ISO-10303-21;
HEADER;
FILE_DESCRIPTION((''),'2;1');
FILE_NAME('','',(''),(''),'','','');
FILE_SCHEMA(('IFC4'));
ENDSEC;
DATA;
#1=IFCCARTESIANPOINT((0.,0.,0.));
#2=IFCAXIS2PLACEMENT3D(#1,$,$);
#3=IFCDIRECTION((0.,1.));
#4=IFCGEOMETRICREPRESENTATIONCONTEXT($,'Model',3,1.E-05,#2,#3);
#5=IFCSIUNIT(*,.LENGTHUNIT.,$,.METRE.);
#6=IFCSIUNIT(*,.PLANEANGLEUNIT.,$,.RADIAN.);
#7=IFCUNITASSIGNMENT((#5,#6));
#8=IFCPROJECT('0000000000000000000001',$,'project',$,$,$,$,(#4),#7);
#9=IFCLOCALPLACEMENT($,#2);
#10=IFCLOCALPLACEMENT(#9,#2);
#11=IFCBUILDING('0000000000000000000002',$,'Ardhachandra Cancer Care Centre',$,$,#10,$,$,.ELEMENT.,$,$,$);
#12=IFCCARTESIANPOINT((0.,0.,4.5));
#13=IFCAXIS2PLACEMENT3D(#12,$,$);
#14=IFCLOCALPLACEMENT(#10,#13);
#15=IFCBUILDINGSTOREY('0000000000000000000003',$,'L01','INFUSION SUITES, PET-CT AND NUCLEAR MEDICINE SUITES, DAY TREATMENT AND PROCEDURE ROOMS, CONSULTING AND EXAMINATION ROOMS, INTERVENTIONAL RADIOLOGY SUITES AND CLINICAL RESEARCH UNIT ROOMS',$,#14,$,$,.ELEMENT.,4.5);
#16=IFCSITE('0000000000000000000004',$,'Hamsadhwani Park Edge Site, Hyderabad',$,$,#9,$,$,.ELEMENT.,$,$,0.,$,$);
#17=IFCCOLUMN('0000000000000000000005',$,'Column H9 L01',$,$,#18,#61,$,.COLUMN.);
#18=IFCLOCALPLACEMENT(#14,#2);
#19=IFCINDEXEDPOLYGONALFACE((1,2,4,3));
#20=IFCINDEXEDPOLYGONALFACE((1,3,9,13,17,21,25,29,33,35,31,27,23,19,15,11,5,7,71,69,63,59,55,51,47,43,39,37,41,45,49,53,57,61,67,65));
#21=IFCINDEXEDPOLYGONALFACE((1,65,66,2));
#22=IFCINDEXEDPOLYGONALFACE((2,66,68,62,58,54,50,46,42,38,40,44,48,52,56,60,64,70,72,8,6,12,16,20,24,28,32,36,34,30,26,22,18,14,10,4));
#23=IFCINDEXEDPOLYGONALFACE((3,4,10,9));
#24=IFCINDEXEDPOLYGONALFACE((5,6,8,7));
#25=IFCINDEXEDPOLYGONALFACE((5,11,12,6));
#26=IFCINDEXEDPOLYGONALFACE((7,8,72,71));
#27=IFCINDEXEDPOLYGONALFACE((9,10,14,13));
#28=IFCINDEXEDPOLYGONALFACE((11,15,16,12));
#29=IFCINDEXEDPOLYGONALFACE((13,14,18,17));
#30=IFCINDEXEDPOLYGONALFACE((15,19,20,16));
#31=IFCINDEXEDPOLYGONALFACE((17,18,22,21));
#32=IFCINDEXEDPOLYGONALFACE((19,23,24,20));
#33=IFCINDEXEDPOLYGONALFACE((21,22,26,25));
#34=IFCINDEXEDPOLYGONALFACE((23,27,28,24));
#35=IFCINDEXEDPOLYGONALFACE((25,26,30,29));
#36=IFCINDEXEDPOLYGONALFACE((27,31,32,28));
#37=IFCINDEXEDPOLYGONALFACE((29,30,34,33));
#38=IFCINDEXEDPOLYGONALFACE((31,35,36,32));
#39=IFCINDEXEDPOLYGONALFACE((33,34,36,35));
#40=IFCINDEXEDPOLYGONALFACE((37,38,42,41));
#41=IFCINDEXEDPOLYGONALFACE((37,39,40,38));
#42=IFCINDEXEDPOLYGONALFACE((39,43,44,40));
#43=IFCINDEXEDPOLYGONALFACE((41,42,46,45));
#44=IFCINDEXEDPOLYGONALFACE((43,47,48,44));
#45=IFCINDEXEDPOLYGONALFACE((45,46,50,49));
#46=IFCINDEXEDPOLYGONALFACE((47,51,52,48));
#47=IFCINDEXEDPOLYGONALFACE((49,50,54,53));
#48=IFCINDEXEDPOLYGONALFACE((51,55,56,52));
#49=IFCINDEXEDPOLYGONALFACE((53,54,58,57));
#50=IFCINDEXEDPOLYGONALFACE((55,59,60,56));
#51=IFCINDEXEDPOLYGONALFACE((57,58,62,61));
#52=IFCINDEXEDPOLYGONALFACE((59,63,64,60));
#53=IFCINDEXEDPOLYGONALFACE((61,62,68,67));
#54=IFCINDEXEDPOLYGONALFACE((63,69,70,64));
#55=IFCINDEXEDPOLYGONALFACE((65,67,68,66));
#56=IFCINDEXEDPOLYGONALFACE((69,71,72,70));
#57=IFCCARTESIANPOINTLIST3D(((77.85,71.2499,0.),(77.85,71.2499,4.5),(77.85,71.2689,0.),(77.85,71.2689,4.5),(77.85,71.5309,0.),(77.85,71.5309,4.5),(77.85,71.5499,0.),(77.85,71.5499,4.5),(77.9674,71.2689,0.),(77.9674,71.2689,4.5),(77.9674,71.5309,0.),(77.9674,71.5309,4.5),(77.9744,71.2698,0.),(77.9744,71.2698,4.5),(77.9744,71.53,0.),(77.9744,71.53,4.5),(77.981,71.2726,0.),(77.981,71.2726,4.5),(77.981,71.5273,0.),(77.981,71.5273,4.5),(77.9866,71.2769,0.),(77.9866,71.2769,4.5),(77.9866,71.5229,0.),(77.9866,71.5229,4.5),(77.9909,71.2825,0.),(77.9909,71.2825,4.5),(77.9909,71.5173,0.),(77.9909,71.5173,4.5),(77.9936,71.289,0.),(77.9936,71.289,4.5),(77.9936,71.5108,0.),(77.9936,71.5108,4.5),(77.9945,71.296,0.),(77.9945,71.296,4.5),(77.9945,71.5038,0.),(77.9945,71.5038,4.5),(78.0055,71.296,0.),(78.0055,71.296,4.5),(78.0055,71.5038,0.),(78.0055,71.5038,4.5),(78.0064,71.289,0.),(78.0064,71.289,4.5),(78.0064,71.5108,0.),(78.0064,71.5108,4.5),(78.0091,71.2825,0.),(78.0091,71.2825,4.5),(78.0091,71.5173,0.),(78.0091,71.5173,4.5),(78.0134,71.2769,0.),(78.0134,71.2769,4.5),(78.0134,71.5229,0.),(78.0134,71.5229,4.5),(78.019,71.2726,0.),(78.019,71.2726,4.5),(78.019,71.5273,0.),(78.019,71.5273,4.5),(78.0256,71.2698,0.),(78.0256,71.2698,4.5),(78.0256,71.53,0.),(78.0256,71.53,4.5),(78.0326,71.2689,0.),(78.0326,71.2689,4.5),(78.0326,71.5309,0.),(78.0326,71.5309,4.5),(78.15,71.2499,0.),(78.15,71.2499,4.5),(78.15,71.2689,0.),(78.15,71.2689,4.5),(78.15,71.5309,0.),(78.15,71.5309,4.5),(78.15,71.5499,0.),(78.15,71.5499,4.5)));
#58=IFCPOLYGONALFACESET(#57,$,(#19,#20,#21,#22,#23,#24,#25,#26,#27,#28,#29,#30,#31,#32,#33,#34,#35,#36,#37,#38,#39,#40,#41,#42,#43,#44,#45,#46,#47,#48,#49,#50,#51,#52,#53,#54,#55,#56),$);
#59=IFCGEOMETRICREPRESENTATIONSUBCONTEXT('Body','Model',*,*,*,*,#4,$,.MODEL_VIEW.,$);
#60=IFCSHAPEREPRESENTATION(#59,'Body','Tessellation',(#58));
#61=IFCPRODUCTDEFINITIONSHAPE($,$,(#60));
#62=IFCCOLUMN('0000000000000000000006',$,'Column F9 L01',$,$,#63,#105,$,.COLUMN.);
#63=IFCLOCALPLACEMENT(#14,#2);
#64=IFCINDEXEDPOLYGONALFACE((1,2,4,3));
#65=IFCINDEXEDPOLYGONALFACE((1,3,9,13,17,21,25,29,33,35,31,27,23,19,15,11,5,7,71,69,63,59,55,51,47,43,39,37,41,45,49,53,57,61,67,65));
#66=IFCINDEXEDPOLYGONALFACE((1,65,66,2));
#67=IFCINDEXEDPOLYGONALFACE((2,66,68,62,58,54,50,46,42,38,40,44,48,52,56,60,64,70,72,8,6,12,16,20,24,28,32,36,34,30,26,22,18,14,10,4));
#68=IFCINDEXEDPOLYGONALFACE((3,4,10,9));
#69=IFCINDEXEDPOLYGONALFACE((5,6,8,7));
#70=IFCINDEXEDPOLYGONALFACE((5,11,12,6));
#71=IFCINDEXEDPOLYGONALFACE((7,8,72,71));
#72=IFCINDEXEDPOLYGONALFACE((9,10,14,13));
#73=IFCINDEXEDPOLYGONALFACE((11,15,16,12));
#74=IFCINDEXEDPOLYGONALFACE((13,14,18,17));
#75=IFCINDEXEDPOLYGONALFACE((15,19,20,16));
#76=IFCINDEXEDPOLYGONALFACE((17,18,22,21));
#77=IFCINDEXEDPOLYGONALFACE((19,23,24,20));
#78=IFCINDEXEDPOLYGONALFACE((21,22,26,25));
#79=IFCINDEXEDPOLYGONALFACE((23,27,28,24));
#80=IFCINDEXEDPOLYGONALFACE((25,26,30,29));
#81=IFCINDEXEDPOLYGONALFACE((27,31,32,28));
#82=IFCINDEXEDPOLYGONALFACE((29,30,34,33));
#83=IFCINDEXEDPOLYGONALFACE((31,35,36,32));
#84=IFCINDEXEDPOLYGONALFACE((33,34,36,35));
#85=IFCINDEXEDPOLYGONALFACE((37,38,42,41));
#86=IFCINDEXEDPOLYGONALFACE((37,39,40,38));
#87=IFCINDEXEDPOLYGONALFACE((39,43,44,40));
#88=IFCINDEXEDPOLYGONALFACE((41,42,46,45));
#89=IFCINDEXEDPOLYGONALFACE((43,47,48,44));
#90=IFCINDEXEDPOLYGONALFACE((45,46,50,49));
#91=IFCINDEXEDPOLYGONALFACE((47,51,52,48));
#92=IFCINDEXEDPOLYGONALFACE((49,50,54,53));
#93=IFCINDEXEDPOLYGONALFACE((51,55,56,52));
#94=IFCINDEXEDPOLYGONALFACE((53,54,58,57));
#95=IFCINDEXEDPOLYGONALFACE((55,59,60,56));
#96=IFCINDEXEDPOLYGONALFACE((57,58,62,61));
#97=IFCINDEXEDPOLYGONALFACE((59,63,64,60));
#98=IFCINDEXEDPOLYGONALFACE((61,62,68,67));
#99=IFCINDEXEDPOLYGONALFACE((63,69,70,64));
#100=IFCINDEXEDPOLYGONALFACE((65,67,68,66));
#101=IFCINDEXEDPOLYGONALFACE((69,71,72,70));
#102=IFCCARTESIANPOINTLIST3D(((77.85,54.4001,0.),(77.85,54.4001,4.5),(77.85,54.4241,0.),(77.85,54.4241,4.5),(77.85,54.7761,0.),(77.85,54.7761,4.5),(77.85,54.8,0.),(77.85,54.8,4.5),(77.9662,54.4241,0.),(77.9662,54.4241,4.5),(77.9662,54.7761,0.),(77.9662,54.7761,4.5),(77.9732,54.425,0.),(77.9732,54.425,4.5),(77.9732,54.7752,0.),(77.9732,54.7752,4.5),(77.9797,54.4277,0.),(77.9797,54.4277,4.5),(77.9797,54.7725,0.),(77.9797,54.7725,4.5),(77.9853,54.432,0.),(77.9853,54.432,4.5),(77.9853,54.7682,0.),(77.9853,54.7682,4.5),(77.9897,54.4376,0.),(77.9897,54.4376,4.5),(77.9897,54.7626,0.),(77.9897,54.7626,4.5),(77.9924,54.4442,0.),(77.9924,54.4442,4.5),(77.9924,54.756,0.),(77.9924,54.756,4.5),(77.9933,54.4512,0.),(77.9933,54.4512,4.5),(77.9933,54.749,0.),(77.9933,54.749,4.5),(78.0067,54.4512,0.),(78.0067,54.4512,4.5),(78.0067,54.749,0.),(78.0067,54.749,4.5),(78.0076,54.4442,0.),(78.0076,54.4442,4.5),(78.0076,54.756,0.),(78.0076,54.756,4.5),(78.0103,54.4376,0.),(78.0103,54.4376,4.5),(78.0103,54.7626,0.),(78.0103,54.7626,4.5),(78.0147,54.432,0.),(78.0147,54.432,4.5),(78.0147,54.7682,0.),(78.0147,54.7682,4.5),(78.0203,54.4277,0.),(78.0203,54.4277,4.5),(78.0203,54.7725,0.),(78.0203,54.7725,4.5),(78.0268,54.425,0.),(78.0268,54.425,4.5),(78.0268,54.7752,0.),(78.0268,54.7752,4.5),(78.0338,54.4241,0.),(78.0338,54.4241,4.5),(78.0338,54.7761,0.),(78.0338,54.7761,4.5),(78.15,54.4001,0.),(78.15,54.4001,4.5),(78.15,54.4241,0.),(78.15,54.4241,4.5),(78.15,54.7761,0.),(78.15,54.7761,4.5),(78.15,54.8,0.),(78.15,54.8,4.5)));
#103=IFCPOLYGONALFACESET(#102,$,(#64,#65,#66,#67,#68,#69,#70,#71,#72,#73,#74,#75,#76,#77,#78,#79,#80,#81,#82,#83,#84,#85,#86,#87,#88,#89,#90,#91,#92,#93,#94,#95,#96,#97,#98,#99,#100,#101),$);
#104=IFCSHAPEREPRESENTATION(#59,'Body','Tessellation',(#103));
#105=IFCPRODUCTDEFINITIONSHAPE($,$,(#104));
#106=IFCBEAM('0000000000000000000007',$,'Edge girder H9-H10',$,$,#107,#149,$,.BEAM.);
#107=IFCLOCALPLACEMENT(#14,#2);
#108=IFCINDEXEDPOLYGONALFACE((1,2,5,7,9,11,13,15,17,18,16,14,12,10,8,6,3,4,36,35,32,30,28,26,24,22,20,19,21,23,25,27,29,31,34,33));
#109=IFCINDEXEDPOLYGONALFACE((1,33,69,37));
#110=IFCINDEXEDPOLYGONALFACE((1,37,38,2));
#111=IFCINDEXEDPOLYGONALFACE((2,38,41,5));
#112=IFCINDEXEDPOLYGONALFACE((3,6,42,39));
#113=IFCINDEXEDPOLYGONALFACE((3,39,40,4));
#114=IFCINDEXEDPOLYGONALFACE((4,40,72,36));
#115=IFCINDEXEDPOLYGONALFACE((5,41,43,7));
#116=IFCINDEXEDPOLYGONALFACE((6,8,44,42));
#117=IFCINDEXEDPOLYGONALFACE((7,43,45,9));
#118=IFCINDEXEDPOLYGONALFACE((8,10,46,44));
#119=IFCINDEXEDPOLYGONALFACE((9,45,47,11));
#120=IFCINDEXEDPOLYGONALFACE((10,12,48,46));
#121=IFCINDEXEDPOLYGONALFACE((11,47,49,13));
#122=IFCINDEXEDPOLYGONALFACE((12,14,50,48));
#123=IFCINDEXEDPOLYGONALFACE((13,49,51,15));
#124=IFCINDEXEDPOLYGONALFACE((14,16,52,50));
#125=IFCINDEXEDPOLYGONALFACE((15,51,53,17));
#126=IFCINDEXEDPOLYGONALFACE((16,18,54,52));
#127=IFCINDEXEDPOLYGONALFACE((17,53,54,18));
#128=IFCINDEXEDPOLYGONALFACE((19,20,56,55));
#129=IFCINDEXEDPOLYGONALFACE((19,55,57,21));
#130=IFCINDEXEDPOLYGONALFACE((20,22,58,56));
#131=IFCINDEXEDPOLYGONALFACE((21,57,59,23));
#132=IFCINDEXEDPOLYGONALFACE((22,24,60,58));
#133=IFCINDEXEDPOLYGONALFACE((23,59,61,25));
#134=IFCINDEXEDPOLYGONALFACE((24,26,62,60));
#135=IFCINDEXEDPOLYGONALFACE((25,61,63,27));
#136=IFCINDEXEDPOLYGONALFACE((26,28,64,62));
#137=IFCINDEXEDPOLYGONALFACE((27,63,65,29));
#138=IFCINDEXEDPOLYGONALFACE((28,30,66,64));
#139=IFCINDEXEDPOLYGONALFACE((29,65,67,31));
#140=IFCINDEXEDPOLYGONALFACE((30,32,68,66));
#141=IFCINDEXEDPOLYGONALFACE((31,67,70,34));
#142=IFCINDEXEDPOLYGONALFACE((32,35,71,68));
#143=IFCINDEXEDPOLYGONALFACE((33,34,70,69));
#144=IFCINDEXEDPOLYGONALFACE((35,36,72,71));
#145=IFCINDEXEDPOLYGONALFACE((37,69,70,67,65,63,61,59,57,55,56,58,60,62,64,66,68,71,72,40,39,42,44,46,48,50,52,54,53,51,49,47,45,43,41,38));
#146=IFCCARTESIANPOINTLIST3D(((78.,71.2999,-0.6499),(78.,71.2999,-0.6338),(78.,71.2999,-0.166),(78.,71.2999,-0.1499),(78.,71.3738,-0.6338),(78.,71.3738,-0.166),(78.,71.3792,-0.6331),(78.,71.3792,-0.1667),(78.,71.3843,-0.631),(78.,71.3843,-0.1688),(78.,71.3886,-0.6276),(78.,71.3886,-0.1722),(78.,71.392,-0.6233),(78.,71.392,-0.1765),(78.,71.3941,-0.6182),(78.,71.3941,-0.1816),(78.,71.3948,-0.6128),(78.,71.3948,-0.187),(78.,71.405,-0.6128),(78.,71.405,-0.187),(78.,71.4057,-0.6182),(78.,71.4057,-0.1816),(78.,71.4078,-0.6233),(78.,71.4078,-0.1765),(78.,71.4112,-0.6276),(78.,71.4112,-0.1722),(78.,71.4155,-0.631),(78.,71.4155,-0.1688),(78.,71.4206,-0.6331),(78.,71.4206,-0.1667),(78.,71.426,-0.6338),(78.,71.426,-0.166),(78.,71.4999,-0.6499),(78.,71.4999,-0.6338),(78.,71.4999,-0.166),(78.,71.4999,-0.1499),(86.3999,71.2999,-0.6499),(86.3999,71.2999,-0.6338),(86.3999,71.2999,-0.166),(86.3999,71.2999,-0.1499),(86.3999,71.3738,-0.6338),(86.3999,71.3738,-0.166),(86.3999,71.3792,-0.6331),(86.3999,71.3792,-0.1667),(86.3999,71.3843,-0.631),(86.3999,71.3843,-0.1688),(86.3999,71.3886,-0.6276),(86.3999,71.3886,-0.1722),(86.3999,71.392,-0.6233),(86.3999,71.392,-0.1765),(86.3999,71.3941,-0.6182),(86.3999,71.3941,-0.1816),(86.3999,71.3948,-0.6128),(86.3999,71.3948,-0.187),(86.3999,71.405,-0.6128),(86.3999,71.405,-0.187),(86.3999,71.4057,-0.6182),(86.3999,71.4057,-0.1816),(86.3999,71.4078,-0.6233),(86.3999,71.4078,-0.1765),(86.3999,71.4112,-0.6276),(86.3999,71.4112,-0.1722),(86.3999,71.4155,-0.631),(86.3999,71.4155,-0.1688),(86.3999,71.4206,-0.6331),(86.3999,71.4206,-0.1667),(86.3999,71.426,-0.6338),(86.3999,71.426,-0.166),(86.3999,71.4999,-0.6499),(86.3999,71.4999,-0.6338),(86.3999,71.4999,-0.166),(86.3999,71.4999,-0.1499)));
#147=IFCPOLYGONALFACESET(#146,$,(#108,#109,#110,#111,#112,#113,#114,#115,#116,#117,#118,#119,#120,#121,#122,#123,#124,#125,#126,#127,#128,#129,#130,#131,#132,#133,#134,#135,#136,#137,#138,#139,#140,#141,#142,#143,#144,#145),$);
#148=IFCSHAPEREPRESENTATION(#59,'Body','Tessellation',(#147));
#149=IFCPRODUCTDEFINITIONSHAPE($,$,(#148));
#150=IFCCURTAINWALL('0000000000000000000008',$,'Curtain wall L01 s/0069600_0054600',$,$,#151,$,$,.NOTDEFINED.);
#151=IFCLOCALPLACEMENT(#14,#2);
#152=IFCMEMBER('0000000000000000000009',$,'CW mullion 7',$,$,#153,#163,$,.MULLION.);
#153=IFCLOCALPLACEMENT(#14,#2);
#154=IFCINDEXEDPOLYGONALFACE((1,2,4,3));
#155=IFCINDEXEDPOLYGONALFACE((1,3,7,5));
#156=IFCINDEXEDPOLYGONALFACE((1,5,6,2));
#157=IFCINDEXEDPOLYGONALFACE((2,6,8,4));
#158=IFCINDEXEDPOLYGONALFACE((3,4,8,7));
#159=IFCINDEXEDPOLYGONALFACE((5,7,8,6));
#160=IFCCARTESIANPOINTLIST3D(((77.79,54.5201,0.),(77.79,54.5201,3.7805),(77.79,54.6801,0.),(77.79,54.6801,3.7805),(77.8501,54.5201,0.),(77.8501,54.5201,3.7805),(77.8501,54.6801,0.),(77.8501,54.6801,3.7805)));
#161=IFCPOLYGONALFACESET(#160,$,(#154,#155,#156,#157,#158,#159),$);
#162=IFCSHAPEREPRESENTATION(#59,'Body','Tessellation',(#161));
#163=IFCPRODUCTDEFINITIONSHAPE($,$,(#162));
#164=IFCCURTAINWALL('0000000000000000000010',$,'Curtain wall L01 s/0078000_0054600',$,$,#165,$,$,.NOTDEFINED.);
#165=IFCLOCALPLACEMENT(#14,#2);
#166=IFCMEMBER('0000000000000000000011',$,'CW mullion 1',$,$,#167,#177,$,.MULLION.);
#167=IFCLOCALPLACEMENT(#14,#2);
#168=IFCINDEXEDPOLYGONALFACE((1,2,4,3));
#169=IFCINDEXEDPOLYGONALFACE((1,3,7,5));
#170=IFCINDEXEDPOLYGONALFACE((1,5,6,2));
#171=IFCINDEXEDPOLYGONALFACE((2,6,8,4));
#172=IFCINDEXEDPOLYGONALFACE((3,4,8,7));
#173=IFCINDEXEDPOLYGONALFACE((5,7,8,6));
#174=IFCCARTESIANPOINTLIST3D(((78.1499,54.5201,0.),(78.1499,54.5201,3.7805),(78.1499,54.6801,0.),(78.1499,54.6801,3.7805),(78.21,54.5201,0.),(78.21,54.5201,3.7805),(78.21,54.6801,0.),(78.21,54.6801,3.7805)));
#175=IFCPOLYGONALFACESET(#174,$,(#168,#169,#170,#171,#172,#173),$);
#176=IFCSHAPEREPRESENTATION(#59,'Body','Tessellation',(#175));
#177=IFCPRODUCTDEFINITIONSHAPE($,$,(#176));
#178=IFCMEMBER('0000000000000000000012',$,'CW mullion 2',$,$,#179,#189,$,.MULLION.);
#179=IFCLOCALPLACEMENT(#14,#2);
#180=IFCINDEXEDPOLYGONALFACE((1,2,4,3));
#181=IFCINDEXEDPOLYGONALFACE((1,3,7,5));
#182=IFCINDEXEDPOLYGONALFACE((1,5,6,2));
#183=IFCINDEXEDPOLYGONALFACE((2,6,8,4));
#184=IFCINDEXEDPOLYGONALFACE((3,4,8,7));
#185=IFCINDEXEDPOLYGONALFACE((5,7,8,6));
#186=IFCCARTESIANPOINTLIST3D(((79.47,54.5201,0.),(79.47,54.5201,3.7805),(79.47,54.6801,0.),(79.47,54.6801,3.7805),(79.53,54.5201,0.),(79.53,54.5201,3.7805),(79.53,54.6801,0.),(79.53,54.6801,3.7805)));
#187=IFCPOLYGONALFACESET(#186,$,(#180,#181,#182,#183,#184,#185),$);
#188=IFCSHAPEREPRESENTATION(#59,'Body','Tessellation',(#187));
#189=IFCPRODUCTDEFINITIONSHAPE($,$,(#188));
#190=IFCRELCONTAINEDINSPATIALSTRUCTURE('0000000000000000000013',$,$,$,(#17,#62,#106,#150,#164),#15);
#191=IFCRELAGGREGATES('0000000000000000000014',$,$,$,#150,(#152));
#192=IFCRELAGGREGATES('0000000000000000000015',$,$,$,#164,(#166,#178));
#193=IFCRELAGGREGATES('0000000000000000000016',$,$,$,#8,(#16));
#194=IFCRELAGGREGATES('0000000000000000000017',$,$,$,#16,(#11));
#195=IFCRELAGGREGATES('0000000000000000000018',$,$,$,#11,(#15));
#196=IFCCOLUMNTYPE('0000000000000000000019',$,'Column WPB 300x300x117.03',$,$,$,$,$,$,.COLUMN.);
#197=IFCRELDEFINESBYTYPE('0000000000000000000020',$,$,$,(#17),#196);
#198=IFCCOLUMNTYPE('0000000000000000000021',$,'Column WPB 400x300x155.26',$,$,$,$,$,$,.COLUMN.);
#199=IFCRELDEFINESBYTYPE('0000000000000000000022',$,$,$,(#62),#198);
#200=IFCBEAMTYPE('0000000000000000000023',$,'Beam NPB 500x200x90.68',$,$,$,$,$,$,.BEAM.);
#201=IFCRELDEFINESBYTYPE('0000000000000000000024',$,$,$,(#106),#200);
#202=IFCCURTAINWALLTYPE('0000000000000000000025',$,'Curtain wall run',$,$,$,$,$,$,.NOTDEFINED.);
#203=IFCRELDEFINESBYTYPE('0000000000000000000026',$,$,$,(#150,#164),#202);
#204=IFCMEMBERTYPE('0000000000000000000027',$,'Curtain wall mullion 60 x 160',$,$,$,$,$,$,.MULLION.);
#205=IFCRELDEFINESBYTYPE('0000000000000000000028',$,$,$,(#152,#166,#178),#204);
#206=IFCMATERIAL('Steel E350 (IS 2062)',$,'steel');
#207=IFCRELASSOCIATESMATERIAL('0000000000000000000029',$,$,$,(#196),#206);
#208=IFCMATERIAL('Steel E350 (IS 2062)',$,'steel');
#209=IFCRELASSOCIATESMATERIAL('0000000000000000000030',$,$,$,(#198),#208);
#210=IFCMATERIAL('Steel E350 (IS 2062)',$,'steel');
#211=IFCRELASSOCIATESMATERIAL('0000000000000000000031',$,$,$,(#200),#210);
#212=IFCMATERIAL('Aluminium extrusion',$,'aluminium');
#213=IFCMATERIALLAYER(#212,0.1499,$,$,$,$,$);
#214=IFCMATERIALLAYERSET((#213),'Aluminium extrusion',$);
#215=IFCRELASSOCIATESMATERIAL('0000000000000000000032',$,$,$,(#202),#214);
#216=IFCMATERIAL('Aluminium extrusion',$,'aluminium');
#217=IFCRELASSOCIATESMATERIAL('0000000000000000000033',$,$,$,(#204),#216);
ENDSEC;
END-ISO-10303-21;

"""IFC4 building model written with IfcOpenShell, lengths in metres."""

from ifc_helpers import new_model, si_unit, direction, frame, origin, origin_2d, place, context, subcontext, project, spatial, rectangle, i_section, extrude, material, layer, layer_set, material_profile, profile_set, type_object, element, aggregate, save


model = new_model("IFC4")

# Units and contexts
model_context = context("Model", 3, precision=1e-05, world=origin(), true_north=direction((0.0, 1.0)))
body_context = subcontext(model_context, "Body", "Model", "MODEL_VIEW")
ifc_project = project(units=[si_unit("LENGTHUNIT", "METRE"), si_unit("PLANEANGLEUNIT", "RADIAN")], contexts=[model_context])

# Site, building, storey
site_placement = place(None, origin())
site = spatial("IfcSite", under=ifc_project, at=site_placement, Name="Hamsadhwani Park Edge Site, Hyderabad", CompositionType="ELEMENT", RefElevation=0.0)
building_placement = place(site_placement, origin())
building = spatial("IfcBuilding", under=site, at=building_placement, Name="Ardhachandra Cancer Care Centre", CompositionType="ELEMENT")
storey_placement = place(building_placement, frame((0.0, 0.0, 4.5)))
storey = spatial("IfcBuildingStorey", under=building, at=storey_placement, Name="L01", Description="INFUSION SUITES, PET-CT AND NUCLEAR MEDICINE SUITES, DAY TREATMENT AND PROCEDURE ROOMS, CONSULTING AND EXAMINATION ROOMS, INTERVENTIONAL RADIOLOGY SUITES AND CLINICAL RESEARCH UNIT ROOMS", CompositionType="ELEMENT", Elevation=4.5)

# Columns
ifc_material_1 = material(Name="Steel E350 (IS 2062)", Category="steel")
ifc_material_profile_1 = material_profile(ifc_material_1, i_section(OverallWidth=0.3, OverallDepth=0.3, WebThickness=0.011, FlangeThickness=0.019, FilletRadius=0.0271, at=origin_2d()), Name="WPB 300x300x117.03")
ifc_profile_set_1 = profile_set([ifc_material_profile_1], Name="Steel E350 (IS 2062)")
column_type_1 = type_object("IfcColumnType", Name="Column WPB 300x300x117.03", PredefinedType="COLUMN", material=ifc_profile_set_1)
column_1_placement = place(storey_placement, frame((78.0, 71.3999, 0.0), z_axis=(0.0, 0.0, 1.0), x_axis=(1.0, 0.0, 0.0)))
element("IfcColumn", 1, at=column_1_placement, inside=storey, type_object=column_type_1, Name="Column H9 L01", PredefinedType="COLUMN", context=body_context, shape_type="SweptSolid", body=[
    extrude(i_section(OverallWidth=0.3, OverallDepth=0.3, WebThickness=0.011, FlangeThickness=0.019, FilletRadius=0.0271, at=origin_2d()), origin(), (0.0, 0.0, 1.0), 4.5),
])
ifc_material_2 = material(Name="Steel E350 (IS 2062)", Category="steel")
ifc_material_profile_2 = material_profile(ifc_material_2, i_section(OverallWidth=0.3, OverallDepth=0.3999, WebThickness=0.0134, FlangeThickness=0.0239, FilletRadius=0.0271, at=origin_2d()), Name="WPB 400x300x155.26")
ifc_profile_set_2 = profile_set([ifc_material_profile_2], Name="Steel E350 (IS 2062)")
column_type_2 = type_object("IfcColumnType", Name="Column WPB 400x300x155.26", PredefinedType="COLUMN", material=ifc_profile_set_2)
column_2_placement = place(storey_placement, frame((78.0, 54.6001, 0.0), z_axis=(0.0, 0.0, 1.0), x_axis=(1.0, 0.0, 0.0)))
element("IfcColumn", 2, at=column_2_placement, inside=storey, type_object=column_type_2, Name="Column F9 L01", PredefinedType="COLUMN", context=body_context, shape_type="SweptSolid", body=[
    extrude(i_section(OverallWidth=0.3, OverallDepth=0.3999, WebThickness=0.0134, FlangeThickness=0.0239, FilletRadius=0.0271, at=origin_2d()), origin(), (0.0, 0.0, 1.0), 4.5),
])

# Beam
ifc_material_3 = material(Name="Steel E350 (IS 2062)", Category="steel")
ifc_material_profile_3 = material_profile(ifc_material_3, i_section(OverallWidth=0.2, OverallDepth=0.5, WebThickness=0.0103, FlangeThickness=0.0161, FilletRadius=0.021, at=origin_2d()), Name="NPB 500x200x90.68")
ifc_profile_set_3 = profile_set([ifc_material_profile_3], Name="Steel E350 (IS 2062)")
beam_type = type_object("IfcBeamType", Name="Beam NPB 500x200x90.68", PredefinedType="BEAM", material=ifc_profile_set_3)
beam_placement = place(storey_placement, frame((78.0, 71.3999, -0.3999), z_axis=(1.0, 0.0, 0.0), x_axis=(0.0, 1.0, 0.0)))
element("IfcBeam", 3, at=beam_placement, inside=storey, type_object=beam_type, Name="Edge girder H9-H10", PredefinedType="BEAM", context=body_context, shape_type="SweptSolid", body=[
    extrude(i_section(OverallWidth=0.2, OverallDepth=0.5, WebThickness=0.0103, FlangeThickness=0.0161, FilletRadius=0.021, at=origin_2d()), origin(), (0.0, 0.0, 1.0), 8.3999),
])

# Curtain wall, member
ifc_material_4 = material(Name="Aluminium extrusion", Category="aluminium")
ifc_layer_1 = layer(ifc_material_4, 0.1499)
ifc_layer_set_1 = layer_set([ifc_layer_1], Name="Aluminium extrusion")
curtain_wall_type = type_object("IfcCurtainWallType", Name="Curtain wall run", PredefinedType="NOTDEFINED", material=ifc_layer_set_1)
curtain_wall_1_placement = place(storey_placement, origin())
curtain_wall_1 = element("IfcCurtainWall", 4, at=curtain_wall_1_placement, inside=storey, type_object=curtain_wall_type, Name="Curtain wall L01 s/0069600_0054600", PredefinedType="NOTDEFINED")
ifc_material_5 = material(Name="Aluminium extrusion", Category="aluminium")
ifc_material_profile_4 = material_profile(ifc_material_5, rectangle(XDim=0.1599, YDim=0.0601, at=origin_2d()), Name="Curtain wall mullion 60 x 160")
ifc_profile_set_4 = profile_set([ifc_material_profile_4], Name="Aluminium extrusion")
member_type_1 = type_object("IfcMemberType", Name="Curtain wall mullion 60 x 160", PredefinedType="MULLION", material=ifc_profile_set_4)
member_1_placement = place(storey_placement, frame((77.8201, 54.6001, 0.0), z_axis=(0.0, 0.0, 1.0), x_axis=(0.0, 1.0, 0.0)))
member_1 = element("IfcMember", 5, at=member_1_placement, type_object=member_type_1, Name="CW mullion 7", PredefinedType="MULLION", context=body_context, shape_type="SweptSolid", body=[
    extrude(rectangle(XDim=0.1599, YDim=0.0601, at=origin_2d()), origin(), (0.0, 0.0, 1.0), 3.7805),
])

# Curtain wall, members
curtain_wall_2_placement = place(storey_placement, origin())
curtain_wall_2 = element("IfcCurtainWall", 6, at=curtain_wall_2_placement, inside=storey, type_object=curtain_wall_type, Name="Curtain wall L01 s/0078000_0054600", PredefinedType="NOTDEFINED")
member_2_placement = place(storey_placement, frame((78.1799, 54.6001, 0.0), z_axis=(0.0, 0.0, 1.0), x_axis=(0.0, 1.0, 0.0)))
member_2 = element("IfcMember", 7, at=member_2_placement, type_object=member_type_1, Name="CW mullion 1", PredefinedType="MULLION", context=body_context, shape_type="SweptSolid", body=[
    extrude(rectangle(XDim=0.1599, YDim=0.0601, at=origin_2d()), origin(), (0.0, 0.0, 1.0), 3.7805),
])
member_3_placement = place(storey_placement, frame((79.5, 54.6001, 0.0), z_axis=(0.0, 0.0, 1.0), x_axis=(0.0, 1.0, 0.0)))
member_3 = element("IfcMember", 8, at=member_3_placement, type_object=member_type_1, Name="CW mullion 2", PredefinedType="MULLION", context=body_context, shape_type="SweptSolid", body=[
    extrude(rectangle(XDim=0.1599, YDim=0.0601, at=origin_2d()), origin(), (0.0, 0.0, 1.0), 3.7805),
])

aggregate(curtain_wall_1, [member_1])
aggregate(curtain_wall_2, [member_2, member_3])

save(model, "model.ifc")
